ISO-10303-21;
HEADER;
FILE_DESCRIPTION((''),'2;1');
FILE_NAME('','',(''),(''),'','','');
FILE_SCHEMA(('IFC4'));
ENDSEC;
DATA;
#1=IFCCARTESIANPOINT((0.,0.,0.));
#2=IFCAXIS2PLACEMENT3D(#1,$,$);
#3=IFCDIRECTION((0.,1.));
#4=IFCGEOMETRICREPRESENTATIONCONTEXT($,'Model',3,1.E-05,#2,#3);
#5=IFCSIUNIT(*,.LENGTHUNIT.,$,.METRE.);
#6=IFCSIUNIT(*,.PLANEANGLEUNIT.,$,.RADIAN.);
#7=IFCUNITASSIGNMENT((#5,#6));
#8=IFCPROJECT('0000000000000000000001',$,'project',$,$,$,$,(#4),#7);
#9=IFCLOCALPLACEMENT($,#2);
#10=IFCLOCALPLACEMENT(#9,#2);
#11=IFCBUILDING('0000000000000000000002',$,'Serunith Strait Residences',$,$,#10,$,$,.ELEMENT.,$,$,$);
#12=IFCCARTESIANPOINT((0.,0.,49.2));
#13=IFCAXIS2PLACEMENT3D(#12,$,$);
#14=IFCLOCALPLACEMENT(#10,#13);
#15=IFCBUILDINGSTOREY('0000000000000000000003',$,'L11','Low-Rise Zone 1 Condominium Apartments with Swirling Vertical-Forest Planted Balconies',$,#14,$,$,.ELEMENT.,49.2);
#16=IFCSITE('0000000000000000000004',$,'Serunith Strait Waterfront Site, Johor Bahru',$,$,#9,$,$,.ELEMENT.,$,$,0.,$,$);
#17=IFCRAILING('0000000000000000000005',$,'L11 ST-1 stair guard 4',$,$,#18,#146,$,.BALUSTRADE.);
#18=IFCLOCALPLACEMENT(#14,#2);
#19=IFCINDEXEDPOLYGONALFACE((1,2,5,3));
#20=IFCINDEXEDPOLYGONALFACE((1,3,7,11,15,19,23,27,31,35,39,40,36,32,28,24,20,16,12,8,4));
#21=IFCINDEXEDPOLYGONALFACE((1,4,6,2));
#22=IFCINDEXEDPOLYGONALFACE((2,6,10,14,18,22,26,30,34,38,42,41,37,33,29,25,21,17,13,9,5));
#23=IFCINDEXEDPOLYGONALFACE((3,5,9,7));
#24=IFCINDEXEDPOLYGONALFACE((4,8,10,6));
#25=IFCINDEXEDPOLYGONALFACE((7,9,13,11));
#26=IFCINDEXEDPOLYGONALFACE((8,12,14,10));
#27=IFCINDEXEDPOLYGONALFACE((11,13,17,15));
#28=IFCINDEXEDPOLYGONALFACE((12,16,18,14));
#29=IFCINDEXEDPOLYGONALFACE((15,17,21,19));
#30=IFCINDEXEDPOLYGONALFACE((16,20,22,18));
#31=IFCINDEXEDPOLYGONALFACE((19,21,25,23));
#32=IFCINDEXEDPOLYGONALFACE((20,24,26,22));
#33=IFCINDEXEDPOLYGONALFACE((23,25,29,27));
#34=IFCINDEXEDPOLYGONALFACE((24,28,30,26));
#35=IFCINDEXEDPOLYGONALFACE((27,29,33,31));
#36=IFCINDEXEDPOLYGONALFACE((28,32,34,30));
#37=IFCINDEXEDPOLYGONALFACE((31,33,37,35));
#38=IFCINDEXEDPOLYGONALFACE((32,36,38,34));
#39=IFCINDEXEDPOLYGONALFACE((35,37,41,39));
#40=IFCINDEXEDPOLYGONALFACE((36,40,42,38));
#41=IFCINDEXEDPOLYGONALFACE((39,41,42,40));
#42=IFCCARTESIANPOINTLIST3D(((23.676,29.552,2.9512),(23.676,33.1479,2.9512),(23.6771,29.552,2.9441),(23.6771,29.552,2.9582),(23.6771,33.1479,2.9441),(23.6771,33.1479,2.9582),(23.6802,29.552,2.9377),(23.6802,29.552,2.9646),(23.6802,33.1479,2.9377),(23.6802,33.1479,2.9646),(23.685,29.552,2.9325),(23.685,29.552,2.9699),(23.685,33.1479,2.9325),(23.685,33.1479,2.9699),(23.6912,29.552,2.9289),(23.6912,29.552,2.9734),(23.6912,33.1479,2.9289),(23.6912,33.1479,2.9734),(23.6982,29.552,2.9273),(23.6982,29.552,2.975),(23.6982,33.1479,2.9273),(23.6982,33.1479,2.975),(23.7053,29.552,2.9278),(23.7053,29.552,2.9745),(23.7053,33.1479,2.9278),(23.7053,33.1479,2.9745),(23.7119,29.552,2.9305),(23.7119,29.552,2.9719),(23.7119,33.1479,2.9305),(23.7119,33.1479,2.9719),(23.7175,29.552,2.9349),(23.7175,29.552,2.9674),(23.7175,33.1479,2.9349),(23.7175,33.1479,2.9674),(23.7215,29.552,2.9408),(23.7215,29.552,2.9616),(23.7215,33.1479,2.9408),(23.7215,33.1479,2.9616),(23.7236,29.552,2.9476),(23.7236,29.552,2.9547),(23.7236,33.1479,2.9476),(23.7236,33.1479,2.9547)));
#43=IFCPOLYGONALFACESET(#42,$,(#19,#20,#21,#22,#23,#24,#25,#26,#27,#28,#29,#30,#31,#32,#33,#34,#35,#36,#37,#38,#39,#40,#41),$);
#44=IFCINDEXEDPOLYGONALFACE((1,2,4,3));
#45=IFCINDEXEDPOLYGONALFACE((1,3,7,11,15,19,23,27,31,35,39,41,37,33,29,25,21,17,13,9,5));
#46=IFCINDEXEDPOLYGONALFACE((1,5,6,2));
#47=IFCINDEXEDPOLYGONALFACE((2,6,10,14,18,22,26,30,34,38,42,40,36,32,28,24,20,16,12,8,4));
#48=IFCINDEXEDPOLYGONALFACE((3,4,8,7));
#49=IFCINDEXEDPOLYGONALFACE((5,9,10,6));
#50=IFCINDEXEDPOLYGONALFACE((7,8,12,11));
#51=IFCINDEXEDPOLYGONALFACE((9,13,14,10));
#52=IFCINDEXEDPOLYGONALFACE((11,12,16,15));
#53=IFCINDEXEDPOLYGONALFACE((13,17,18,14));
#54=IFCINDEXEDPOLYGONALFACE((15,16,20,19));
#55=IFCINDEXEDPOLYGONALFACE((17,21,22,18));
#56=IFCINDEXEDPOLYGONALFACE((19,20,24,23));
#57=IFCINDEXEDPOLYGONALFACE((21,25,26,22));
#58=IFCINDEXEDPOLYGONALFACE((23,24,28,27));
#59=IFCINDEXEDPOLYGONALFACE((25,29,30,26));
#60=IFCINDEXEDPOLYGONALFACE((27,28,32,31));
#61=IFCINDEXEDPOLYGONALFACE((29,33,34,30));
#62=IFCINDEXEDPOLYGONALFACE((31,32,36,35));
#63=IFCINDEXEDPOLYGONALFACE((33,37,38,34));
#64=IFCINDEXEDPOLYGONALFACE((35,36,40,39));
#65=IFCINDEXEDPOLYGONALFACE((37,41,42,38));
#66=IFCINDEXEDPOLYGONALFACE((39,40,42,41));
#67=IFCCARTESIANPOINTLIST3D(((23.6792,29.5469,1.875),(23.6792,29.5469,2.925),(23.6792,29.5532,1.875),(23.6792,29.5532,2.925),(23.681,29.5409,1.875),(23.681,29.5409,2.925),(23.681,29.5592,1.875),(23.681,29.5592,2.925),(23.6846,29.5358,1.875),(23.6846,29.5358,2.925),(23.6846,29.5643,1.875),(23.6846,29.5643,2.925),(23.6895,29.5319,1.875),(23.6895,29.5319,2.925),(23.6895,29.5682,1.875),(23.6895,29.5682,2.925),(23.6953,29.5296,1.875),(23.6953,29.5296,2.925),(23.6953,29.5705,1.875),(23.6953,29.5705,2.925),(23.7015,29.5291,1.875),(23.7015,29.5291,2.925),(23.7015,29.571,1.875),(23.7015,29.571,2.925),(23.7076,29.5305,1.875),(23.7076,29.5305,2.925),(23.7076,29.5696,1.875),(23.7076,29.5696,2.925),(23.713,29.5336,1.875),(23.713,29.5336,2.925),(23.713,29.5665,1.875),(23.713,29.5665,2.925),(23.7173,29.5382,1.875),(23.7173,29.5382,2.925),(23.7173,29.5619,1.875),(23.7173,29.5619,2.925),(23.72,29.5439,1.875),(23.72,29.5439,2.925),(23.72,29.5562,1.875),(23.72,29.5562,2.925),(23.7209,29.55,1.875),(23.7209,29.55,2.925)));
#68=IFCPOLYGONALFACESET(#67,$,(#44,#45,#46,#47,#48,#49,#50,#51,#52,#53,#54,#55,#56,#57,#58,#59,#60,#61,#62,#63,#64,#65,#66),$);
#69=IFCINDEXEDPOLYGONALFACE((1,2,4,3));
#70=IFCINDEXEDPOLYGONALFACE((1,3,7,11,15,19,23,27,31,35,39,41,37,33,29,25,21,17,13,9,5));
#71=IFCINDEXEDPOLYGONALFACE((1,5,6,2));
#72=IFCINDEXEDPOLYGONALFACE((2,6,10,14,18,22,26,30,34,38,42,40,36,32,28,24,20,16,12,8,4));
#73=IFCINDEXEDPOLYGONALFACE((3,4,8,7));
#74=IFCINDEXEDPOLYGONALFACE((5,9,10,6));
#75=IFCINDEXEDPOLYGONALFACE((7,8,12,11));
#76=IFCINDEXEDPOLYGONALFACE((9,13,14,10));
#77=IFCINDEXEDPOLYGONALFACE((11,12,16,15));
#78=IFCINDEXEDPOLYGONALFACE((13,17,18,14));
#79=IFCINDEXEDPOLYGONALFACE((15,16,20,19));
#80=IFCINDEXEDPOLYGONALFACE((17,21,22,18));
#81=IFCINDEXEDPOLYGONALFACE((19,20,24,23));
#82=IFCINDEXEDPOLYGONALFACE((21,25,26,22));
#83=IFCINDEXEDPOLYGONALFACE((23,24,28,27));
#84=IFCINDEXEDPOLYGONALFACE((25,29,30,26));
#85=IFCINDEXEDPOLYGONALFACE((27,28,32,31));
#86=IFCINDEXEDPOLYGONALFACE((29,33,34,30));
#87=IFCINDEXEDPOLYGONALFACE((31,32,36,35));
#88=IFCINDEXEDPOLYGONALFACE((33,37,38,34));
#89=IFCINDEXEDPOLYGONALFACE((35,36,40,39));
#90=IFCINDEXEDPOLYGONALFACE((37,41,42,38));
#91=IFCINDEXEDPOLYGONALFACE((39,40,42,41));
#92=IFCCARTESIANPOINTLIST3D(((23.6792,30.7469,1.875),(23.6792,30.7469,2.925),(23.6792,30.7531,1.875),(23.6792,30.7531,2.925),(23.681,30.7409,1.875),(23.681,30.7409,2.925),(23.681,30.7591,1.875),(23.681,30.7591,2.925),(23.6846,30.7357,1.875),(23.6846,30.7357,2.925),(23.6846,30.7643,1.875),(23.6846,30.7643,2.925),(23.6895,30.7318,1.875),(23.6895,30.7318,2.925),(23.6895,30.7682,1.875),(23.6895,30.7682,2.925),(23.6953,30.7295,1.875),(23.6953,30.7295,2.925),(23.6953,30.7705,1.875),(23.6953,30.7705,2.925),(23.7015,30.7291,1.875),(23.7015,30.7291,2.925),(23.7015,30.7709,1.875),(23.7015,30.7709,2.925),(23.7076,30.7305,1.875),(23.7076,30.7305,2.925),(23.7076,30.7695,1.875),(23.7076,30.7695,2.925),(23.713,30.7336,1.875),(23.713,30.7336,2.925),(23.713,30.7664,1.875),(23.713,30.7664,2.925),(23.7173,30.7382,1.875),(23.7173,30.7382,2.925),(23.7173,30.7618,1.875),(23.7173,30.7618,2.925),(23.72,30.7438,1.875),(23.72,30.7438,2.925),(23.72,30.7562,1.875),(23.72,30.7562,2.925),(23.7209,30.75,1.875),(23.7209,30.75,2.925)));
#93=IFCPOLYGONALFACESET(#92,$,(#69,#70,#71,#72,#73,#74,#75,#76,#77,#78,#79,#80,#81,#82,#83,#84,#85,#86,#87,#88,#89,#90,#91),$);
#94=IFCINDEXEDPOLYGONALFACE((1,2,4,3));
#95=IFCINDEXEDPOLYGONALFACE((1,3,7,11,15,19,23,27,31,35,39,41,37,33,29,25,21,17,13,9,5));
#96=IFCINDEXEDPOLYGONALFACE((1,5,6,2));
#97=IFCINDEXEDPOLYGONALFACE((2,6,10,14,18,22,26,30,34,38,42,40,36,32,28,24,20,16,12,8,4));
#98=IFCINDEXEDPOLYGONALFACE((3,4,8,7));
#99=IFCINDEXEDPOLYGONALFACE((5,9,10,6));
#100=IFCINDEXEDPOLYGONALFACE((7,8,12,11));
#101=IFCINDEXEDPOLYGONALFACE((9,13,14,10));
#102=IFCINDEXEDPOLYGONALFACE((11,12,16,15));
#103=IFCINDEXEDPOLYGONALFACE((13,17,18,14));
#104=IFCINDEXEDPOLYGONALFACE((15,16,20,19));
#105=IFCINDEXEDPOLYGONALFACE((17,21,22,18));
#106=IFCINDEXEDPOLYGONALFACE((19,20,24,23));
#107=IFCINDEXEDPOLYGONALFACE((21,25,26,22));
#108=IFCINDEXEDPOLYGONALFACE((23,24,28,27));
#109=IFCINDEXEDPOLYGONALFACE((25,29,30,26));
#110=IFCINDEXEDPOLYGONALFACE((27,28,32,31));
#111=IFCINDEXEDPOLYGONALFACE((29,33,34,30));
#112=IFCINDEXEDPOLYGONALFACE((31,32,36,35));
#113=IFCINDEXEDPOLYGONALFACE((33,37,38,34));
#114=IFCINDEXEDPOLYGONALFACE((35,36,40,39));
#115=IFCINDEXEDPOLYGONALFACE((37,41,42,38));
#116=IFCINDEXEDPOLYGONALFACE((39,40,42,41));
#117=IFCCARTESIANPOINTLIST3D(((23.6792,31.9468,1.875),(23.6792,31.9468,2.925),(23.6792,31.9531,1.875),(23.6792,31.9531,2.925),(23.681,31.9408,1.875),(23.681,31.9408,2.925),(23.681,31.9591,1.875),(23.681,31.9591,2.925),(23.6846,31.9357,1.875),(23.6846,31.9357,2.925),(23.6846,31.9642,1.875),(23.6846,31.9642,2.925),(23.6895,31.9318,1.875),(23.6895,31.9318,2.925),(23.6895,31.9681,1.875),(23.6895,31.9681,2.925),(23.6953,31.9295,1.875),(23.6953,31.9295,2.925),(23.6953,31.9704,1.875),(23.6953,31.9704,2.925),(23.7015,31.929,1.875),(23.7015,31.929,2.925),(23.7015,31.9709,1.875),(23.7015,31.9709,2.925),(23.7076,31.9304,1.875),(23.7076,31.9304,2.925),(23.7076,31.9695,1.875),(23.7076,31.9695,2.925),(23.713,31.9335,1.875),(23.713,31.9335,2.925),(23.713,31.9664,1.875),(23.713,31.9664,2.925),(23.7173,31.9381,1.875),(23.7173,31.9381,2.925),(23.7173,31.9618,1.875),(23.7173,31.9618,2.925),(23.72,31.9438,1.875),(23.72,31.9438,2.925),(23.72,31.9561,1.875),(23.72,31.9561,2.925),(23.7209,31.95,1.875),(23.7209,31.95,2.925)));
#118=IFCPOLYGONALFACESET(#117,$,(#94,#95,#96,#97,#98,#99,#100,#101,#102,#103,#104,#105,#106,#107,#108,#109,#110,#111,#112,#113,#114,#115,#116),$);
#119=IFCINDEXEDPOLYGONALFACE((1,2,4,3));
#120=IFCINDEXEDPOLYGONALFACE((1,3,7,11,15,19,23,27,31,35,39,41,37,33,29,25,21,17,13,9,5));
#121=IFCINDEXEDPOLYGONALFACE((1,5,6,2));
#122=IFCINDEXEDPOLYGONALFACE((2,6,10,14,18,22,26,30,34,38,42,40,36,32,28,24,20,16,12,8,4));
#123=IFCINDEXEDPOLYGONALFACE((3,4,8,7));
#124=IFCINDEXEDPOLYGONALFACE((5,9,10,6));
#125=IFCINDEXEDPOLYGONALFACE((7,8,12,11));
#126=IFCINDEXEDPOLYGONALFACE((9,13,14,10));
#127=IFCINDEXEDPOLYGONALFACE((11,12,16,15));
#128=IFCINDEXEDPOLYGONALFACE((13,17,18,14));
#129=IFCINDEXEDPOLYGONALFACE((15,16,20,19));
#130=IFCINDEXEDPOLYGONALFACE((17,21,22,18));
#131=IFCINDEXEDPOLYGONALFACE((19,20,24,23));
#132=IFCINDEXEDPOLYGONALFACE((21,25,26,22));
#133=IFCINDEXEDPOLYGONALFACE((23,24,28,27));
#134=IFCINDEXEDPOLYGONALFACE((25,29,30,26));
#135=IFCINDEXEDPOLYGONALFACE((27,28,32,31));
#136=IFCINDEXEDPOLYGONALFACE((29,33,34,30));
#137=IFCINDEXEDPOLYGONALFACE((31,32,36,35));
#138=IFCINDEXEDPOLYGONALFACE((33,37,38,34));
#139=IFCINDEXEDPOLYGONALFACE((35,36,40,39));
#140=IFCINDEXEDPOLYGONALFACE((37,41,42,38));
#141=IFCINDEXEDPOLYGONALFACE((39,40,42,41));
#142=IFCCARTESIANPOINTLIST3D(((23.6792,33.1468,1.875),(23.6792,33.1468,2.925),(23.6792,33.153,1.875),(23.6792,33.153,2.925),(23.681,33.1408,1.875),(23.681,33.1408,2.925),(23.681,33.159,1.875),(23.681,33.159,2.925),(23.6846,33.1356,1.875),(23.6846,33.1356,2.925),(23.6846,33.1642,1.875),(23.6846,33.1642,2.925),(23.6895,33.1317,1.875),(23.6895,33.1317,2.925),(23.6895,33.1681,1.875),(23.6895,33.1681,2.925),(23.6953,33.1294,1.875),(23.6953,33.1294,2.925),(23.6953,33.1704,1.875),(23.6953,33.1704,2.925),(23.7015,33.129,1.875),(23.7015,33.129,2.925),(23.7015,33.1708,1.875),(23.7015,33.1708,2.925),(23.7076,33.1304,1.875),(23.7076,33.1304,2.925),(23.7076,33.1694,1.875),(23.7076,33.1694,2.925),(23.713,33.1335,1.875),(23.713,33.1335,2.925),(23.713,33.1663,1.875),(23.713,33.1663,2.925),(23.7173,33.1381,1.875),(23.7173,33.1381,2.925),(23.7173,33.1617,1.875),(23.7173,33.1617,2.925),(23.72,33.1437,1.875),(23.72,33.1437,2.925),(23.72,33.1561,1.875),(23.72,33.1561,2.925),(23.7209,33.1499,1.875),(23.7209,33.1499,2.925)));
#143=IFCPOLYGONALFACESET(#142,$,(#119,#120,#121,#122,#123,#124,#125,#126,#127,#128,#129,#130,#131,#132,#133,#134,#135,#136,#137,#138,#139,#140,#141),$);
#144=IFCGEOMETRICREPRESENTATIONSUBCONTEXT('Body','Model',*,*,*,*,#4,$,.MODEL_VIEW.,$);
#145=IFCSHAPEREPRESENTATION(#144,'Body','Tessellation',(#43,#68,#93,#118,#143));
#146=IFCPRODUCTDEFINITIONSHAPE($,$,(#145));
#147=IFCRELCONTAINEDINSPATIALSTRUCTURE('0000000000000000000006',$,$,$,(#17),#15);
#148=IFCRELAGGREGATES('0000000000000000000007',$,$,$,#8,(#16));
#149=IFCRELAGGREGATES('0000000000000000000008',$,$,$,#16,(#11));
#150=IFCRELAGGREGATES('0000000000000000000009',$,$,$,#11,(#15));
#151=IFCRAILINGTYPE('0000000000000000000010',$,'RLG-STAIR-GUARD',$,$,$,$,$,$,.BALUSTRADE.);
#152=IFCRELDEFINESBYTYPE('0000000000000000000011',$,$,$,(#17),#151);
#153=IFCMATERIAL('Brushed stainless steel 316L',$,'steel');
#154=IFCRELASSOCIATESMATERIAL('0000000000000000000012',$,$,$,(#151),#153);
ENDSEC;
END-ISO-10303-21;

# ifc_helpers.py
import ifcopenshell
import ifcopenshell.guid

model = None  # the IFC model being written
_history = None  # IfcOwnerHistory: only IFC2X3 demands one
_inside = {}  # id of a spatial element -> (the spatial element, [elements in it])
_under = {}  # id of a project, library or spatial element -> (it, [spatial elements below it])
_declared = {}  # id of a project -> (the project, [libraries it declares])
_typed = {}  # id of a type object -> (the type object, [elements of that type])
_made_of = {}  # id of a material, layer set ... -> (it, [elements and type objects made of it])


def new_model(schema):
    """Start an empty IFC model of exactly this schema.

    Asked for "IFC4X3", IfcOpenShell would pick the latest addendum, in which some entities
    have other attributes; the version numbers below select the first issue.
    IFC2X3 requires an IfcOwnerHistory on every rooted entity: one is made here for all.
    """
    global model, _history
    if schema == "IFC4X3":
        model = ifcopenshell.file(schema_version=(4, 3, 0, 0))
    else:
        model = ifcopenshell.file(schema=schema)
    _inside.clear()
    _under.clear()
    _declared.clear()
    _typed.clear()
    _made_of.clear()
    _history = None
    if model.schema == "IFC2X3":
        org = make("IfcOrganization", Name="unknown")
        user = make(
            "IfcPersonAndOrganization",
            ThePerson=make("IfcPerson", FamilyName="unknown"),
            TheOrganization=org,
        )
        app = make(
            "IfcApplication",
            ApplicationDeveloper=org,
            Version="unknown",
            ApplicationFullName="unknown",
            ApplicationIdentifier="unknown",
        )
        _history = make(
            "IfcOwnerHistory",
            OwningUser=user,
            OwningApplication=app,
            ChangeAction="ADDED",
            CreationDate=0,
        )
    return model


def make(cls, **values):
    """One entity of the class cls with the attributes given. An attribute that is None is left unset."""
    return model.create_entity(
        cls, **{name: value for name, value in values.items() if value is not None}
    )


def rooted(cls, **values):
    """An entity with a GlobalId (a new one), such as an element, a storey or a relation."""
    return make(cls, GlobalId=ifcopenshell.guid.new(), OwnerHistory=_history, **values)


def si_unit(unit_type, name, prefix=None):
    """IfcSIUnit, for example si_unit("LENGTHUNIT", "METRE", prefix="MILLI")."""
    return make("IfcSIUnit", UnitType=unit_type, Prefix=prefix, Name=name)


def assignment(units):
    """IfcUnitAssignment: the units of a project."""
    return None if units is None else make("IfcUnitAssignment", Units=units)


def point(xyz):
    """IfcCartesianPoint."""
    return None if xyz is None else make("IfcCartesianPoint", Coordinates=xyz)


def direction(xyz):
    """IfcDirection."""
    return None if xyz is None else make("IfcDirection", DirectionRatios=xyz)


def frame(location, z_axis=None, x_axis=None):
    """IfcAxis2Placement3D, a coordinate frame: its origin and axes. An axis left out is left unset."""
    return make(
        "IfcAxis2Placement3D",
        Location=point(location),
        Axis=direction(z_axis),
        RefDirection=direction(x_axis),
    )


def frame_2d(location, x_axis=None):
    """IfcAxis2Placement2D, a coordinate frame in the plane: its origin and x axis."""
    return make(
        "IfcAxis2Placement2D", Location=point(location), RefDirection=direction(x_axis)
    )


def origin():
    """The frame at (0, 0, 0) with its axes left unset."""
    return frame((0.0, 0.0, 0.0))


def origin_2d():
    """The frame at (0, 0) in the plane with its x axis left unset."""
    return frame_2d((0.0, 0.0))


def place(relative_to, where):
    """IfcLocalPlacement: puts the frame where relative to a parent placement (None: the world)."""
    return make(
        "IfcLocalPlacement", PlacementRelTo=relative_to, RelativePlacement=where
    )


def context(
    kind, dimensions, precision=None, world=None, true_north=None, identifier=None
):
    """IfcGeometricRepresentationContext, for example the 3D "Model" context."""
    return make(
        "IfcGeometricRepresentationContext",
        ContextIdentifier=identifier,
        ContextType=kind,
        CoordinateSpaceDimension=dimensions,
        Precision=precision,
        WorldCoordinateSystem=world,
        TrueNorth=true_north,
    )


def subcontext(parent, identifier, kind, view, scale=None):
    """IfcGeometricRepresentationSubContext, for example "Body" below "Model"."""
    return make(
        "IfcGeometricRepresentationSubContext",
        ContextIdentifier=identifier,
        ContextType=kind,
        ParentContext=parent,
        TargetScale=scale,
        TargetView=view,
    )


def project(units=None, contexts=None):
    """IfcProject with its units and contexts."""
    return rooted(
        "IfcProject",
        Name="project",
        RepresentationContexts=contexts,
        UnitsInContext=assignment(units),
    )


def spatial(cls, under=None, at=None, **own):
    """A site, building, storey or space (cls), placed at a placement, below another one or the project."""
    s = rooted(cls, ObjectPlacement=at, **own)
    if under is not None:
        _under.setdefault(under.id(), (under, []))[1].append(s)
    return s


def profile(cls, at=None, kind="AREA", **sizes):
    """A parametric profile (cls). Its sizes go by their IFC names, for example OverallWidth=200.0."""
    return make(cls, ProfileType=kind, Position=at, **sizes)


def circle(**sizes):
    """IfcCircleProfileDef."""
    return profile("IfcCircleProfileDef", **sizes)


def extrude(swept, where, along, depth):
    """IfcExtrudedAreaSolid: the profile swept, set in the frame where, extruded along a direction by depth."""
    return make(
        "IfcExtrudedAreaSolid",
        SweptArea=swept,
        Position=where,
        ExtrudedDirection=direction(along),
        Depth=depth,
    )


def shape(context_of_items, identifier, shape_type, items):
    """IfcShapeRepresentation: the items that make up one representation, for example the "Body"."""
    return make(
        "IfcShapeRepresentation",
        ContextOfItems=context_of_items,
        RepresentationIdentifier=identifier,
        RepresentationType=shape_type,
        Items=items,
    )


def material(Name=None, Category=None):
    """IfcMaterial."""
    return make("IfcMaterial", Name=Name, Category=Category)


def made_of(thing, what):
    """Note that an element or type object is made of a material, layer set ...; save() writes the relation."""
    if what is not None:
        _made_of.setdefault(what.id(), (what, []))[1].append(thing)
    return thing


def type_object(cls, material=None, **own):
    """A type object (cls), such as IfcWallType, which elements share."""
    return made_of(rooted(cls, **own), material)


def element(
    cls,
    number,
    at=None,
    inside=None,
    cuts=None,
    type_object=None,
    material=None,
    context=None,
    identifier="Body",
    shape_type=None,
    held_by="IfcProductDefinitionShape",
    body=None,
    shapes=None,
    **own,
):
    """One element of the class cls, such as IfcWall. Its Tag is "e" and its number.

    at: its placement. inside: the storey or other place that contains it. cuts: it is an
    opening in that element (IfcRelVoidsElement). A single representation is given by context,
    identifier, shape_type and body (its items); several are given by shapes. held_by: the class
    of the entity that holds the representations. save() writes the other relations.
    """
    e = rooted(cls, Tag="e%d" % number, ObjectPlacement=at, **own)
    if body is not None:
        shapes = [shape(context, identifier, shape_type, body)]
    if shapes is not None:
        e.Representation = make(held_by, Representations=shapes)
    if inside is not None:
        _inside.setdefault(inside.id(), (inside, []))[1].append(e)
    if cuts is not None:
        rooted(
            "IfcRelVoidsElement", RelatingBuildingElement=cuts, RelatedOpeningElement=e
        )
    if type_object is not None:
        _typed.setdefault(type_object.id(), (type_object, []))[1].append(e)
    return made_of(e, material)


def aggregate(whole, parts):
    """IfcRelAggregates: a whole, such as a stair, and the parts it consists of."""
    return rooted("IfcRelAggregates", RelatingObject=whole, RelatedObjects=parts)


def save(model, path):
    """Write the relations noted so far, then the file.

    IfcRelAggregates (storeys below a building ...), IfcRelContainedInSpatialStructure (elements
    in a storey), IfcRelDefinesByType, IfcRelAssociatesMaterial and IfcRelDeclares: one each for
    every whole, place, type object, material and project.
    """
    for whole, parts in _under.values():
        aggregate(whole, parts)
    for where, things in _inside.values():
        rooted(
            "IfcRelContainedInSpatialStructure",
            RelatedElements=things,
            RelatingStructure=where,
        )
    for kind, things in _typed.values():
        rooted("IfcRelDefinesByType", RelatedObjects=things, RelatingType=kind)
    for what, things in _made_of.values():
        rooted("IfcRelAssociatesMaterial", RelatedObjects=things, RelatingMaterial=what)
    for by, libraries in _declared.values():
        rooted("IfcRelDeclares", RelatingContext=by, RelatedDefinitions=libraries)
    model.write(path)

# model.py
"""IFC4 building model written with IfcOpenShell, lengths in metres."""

from ifc_helpers import new_model, si_unit, direction, frame, origin, origin_2d, place, context, subcontext, project, spatial, circle, extrude, material, type_object, element, save


model = new_model("IFC4")

# Units and contexts
model_context = context("Model", 3, precision=1e-05, world=origin(), true_north=direction((0.0, 1.0)))
body_context = subcontext(model_context, "Body", "Model", "MODEL_VIEW")
ifc_project = project(units=[si_unit("LENGTHUNIT", "METRE"), si_unit("PLANEANGLEUNIT", "RADIAN")], contexts=[model_context])

# Site, building, storey
site_placement = place(None, origin())
site = spatial("IfcSite", under=ifc_project, at=site_placement, Name="Serunith Strait Waterfront Site, Johor Bahru", CompositionType="ELEMENT", RefElevation=0.0)
building_placement = place(site_placement, origin())
building = spatial("IfcBuilding", under=site, at=building_placement, Name="Serunith Strait Residences", CompositionType="ELEMENT")
storey_placement = place(building_placement, frame((0.0, 0.0, 49.2)))
storey = spatial("IfcBuildingStorey", under=building, at=storey_placement, Name="L11", Description="Low-Rise Zone 1 Condominium Apartments with Swirling Vertical-Forest Planted Balconies", CompositionType="ELEMENT", Elevation=49.2)

# Railing
ifc_material_1 = material(Name="Brushed stainless steel 316L", Category="steel")
railing_type_1 = type_object("IfcRailingType", Name="RLG-STAIR-GUARD", PredefinedType="BALUSTRADE", material=ifc_material_1)
for number, where, name in (
    (1, (23.7, 29.55, 1.875), "L11 ST-1 stair guard 4"),
):
    element("IfcRailing", number, at=place(storey_placement, frame(where)), inside=storey, type_object=railing_type_1, Name=name, PredefinedType="BALUSTRADE", context=body_context, shape_type="SweptSolid", body=[
        extrude(circle(Radius=0.0239, at=origin_2d()), frame((0.0, 0.002, 1.0762), z_axis=(0.0, 1.0, 0.0), x_axis=(-1.0, 0.0, 0.0)), (0.0, 0.0, 1.0), 3.5959),
        extrude(circle(Radius=0.021, at=origin_2d()), origin(), (0.0, 0.0, 1.0), 1.05),
        extrude(circle(Radius=0.021, at=origin_2d()), frame((0.0, 1.2, 0.0)), (0.0, 0.0, 1.0), 1.05),
        extrude(circle(Radius=0.021, at=origin_2d()), frame((0.0, 2.3999, 0.0)), (0.0, 0.0, 1.0), 1.05),
        extrude(circle(Radius=0.021, at=origin_2d()), frame((0.0, 3.5999, 0.0)), (0.0, 0.0, 1.0), 1.05),
    ])

save(model, "model.ifc")
